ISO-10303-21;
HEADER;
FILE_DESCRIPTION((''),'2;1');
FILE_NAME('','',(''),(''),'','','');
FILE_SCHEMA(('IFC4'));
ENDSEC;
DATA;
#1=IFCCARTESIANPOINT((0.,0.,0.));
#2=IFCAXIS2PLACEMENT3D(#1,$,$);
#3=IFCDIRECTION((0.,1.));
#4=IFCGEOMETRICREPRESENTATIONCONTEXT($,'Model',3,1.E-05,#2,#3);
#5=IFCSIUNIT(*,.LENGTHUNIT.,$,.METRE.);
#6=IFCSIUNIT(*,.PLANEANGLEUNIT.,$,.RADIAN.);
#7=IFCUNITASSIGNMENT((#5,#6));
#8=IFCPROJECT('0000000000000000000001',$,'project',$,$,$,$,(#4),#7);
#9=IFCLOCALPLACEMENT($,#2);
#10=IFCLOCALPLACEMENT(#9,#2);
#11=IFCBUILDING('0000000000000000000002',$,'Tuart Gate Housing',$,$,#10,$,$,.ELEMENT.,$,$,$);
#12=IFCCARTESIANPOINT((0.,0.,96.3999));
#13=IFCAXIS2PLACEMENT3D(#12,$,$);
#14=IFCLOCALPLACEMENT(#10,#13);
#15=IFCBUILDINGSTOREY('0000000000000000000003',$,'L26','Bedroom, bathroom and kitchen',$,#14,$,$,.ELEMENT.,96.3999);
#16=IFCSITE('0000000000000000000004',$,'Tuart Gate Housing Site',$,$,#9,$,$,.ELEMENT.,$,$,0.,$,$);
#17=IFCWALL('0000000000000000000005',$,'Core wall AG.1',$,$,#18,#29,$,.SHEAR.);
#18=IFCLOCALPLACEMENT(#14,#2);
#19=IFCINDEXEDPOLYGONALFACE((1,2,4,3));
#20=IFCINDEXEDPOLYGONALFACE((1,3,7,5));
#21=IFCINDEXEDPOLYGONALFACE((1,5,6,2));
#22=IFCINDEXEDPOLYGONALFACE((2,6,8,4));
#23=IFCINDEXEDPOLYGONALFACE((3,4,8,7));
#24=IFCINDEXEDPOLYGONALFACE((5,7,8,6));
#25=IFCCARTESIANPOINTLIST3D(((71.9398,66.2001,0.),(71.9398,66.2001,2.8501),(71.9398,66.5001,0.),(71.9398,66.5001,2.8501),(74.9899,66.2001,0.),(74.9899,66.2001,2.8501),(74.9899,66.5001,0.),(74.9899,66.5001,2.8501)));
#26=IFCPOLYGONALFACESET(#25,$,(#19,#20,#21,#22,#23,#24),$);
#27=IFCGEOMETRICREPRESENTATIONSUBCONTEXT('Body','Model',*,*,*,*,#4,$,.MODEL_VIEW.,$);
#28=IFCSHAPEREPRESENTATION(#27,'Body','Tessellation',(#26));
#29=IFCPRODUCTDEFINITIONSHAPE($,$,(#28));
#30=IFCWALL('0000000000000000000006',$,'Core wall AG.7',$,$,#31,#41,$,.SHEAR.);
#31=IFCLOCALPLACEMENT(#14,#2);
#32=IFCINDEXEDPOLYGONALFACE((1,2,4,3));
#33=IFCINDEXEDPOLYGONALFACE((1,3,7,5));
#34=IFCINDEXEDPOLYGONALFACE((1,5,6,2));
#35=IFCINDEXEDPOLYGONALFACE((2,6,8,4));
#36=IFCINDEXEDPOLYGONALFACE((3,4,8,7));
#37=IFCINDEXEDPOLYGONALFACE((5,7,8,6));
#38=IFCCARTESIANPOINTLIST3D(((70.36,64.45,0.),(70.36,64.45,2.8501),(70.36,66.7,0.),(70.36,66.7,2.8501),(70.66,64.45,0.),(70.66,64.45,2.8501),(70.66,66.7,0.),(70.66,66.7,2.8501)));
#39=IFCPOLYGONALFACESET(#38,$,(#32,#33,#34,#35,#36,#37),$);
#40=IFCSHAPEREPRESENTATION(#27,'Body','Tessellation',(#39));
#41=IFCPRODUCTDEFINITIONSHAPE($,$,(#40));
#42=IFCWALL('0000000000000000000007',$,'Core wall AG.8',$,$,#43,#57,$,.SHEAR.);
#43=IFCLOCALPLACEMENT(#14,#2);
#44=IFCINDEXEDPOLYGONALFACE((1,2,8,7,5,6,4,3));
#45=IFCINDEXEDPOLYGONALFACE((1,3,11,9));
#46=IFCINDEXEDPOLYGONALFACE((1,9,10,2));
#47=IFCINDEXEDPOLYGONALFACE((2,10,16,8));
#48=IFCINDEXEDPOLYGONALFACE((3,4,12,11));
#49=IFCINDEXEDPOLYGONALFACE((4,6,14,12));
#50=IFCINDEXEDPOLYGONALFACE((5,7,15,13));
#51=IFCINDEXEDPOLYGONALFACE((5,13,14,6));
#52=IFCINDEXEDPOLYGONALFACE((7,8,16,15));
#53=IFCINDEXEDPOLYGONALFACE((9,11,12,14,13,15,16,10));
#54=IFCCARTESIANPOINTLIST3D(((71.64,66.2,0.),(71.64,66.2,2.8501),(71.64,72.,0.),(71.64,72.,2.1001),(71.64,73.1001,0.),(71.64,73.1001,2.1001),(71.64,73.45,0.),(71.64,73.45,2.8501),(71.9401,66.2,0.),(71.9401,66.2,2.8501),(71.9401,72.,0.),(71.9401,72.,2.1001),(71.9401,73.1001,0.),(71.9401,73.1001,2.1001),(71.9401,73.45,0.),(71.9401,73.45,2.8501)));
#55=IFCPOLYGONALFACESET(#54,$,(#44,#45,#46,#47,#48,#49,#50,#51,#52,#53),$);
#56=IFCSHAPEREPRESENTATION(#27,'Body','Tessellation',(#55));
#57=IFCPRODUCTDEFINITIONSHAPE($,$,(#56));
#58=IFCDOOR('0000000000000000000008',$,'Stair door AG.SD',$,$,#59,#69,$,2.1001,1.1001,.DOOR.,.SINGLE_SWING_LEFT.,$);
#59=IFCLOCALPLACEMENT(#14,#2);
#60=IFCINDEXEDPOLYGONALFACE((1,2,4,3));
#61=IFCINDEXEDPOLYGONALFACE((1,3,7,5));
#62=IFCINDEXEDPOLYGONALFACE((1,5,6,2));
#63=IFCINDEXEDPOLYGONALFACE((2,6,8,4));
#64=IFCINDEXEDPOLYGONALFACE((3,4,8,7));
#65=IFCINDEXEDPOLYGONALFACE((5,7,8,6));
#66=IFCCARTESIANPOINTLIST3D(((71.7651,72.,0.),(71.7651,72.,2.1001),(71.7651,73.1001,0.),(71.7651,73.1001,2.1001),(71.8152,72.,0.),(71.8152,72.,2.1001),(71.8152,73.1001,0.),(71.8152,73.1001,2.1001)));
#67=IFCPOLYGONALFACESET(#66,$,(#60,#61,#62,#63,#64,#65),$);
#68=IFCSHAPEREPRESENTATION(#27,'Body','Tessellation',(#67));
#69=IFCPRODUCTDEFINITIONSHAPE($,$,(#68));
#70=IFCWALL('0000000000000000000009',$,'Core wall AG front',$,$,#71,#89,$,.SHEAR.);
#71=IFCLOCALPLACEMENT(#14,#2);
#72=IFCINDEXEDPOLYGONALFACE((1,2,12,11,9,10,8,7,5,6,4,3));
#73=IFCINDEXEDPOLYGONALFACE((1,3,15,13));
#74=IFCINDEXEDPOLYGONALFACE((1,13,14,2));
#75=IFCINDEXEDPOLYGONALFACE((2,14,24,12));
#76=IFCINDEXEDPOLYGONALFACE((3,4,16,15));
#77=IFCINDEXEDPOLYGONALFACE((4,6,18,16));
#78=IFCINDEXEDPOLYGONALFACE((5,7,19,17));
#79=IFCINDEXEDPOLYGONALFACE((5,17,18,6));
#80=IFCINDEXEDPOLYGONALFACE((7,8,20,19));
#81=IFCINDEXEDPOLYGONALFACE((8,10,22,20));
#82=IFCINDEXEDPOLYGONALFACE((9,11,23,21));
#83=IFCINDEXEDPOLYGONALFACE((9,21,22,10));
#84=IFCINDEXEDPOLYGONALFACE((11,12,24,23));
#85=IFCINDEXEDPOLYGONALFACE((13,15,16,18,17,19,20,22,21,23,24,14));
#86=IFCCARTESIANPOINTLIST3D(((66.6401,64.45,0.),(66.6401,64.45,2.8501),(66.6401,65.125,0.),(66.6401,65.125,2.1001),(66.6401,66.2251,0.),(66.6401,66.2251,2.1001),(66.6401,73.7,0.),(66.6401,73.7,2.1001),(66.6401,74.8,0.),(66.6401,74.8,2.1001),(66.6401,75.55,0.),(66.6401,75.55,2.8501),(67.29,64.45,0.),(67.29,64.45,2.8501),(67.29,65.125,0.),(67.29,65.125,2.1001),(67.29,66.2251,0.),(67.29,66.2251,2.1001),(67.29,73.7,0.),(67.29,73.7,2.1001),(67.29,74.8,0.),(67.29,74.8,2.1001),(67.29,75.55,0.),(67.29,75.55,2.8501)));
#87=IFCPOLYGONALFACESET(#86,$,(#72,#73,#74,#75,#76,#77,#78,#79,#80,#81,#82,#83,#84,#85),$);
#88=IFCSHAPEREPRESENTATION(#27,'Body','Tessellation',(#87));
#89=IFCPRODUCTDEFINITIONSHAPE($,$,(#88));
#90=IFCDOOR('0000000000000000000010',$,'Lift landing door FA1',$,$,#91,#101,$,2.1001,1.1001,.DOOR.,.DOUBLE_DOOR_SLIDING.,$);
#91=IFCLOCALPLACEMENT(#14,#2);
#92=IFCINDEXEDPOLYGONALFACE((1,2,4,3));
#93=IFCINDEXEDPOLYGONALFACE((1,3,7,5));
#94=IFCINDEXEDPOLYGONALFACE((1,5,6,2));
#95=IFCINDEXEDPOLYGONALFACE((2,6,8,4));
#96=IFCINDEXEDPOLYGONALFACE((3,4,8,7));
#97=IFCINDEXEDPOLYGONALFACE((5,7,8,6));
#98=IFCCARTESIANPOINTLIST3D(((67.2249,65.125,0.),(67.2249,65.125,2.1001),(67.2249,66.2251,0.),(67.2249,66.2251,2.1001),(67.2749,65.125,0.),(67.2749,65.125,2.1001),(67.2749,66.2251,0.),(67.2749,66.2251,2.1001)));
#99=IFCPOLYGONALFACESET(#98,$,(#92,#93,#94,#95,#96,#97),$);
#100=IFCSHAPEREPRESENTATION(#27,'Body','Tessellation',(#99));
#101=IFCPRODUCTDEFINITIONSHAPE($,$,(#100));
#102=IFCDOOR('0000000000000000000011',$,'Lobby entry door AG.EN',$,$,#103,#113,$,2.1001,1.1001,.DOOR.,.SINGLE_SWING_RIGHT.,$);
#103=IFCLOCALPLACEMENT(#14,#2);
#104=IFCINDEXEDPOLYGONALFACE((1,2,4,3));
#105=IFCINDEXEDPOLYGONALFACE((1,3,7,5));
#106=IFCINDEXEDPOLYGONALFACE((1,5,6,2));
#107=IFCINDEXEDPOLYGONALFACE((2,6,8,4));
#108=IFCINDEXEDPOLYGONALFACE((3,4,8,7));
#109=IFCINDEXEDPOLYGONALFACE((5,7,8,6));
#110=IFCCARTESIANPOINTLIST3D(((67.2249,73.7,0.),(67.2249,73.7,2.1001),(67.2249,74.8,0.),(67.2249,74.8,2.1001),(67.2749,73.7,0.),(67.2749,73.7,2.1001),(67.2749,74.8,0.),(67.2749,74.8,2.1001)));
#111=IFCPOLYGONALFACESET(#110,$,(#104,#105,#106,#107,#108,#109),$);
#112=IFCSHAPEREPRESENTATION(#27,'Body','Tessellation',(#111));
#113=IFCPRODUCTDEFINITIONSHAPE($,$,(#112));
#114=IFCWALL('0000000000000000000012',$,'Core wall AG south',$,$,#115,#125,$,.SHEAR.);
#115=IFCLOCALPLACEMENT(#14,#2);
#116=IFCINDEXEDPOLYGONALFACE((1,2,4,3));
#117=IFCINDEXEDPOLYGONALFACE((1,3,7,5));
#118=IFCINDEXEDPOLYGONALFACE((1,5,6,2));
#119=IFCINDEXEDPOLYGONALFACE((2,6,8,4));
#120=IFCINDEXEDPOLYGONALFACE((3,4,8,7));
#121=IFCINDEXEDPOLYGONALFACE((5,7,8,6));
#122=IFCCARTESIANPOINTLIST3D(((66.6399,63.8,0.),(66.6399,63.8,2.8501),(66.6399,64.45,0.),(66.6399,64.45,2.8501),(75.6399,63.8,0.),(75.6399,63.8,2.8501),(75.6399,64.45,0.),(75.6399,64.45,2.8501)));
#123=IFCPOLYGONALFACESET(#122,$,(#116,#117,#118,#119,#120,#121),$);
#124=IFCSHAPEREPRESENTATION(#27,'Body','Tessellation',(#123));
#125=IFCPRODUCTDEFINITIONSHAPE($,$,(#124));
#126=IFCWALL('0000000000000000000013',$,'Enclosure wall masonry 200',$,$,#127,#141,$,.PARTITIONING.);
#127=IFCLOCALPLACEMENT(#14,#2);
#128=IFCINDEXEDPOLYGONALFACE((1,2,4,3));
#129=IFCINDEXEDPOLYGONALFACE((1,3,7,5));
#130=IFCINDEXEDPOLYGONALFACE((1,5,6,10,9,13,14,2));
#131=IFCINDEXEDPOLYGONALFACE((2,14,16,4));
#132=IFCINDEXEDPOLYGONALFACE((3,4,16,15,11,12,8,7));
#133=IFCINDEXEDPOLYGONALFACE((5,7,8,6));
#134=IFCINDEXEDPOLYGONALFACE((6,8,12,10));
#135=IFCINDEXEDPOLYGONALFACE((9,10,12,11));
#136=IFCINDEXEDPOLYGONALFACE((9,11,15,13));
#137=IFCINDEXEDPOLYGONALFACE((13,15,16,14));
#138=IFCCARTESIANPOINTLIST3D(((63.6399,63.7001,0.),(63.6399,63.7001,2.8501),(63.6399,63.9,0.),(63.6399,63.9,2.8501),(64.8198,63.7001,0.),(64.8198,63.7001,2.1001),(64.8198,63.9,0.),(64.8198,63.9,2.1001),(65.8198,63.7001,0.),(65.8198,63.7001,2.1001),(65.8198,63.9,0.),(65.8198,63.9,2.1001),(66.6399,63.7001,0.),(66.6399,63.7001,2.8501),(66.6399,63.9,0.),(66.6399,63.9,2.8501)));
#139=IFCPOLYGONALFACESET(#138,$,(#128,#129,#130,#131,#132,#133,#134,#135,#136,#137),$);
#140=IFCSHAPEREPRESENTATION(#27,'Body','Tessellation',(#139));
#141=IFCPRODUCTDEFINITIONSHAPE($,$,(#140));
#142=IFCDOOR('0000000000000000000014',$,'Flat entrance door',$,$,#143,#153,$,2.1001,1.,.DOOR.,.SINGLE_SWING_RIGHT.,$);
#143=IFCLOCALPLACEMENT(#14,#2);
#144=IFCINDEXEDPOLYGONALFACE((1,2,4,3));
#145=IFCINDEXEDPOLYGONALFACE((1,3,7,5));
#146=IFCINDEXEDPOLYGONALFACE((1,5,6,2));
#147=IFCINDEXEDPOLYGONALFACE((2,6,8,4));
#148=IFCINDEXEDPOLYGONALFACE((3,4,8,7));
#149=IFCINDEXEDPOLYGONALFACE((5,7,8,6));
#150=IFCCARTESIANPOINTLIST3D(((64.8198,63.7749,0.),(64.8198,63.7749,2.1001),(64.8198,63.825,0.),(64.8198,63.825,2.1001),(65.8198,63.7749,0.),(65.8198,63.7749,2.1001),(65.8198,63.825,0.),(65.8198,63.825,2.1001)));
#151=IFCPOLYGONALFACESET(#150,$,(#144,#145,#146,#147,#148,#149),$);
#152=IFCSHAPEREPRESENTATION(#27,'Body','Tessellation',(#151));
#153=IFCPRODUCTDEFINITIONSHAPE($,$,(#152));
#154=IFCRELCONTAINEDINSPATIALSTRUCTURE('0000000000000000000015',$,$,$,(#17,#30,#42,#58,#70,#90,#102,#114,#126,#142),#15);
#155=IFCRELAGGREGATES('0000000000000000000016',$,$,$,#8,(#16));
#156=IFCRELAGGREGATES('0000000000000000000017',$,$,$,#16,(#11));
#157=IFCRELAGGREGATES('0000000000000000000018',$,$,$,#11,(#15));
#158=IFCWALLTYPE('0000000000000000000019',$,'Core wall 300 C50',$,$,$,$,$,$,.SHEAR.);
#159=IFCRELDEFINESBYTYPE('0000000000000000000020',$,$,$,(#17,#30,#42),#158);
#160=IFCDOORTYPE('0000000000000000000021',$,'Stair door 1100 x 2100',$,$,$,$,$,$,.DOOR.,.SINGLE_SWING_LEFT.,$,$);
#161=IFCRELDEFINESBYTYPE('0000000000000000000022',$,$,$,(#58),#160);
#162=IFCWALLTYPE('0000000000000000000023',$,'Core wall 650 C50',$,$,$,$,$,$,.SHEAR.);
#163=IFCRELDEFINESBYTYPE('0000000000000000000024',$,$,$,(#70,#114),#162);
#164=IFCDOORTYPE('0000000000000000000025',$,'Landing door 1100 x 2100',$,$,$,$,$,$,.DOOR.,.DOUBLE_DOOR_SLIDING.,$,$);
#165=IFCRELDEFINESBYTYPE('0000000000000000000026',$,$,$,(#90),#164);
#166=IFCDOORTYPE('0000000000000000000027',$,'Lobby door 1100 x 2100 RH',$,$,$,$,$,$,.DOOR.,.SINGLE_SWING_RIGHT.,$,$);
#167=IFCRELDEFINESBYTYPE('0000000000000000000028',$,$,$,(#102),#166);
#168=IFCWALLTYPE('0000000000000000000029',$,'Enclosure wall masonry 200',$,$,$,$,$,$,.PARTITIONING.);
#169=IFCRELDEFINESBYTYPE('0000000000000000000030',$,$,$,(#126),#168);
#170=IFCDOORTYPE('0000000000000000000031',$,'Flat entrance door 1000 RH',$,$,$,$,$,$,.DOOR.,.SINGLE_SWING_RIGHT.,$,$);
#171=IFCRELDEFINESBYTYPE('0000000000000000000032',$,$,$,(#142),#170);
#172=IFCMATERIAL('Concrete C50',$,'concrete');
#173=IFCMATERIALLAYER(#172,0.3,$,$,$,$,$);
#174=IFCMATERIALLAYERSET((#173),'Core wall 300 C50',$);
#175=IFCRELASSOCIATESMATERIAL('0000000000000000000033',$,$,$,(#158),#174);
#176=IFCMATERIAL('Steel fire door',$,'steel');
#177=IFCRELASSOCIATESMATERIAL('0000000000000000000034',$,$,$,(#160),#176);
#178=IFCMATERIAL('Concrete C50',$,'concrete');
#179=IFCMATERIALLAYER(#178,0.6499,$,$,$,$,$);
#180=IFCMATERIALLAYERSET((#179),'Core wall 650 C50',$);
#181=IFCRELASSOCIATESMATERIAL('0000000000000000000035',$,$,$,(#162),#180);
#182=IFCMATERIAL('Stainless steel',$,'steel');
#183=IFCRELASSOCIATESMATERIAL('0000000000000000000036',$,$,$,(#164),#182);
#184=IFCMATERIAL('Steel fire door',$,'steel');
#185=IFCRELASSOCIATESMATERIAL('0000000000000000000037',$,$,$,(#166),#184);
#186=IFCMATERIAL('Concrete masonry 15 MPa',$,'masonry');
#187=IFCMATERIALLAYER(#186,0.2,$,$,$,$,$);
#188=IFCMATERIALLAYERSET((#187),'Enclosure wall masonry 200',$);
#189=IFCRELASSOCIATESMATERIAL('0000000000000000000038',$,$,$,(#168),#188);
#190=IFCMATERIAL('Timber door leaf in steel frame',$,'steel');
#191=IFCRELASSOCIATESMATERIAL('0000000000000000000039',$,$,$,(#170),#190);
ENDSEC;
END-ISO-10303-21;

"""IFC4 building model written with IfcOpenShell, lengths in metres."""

from ifc_helpers import new_model, si_unit, direction, frame, frame_2d, origin, place, context, subcontext, project, spatial, rectangle, extrude, material, layer, layer_set, type_object, element, fill, save


model = new_model("IFC4")

# Units and contexts
model_context = context("Model", 3, precision=1e-05, world=origin(), true_north=direction((0.0, 1.0)))
body_context = subcontext(model_context, "Body", "Model", "MODEL_VIEW")
ifc_project = project(units=[si_unit("LENGTHUNIT", "METRE"), si_unit("PLANEANGLEUNIT", "RADIAN")], contexts=[model_context])

# Site, building, storey
site_placement = place(None, origin())
site = spatial("IfcSite", under=ifc_project, at=site_placement, Name="Tuart Gate Housing Site", CompositionType="ELEMENT", RefElevation=0.0)
building_placement = place(site_placement, origin())
building = spatial("IfcBuilding", under=site, at=building_placement, Name="Tuart Gate Housing", CompositionType="ELEMENT")
storey_placement = place(building_placement, frame((0.0, 0.0, 96.3999)))
storey = spatial("IfcBuildingStorey", under=building, at=storey_placement, Name="L26", Description="Bedroom, bathroom and kitchen", CompositionType="ELEMENT", Elevation=96.3999)

# Walls
ifc_material_1 = material(Name="Concrete C50", Category="concrete")
ifc_layer_1 = layer(ifc_material_1, 0.3)
ifc_layer_set_1 = layer_set([ifc_layer_1], Name="Core wall 300 C50")
wall_type_1 = type_object("IfcWallType", Name="Core wall 300 C50", PredefinedType="SHEAR", material=ifc_layer_set_1)
wall_1_placement = place(storey_placement, frame((71.9399, 66.3501, 0.0), z_axis=(0.0, 0.0, 1.0), x_axis=(1.0, 0.0, 0.0)))
element("IfcWall", 1, at=wall_1_placement, inside=storey, type_object=wall_type_1, Name="Core wall AG.1", PredefinedType="SHEAR", context=body_context, shape_type="SweptSolid", body=[
    extrude(rectangle(XDim=3.05, YDim=0.3, at=frame_2d((1.5249, 0.0))), origin(), (0.0, 0.0, 1.0), 2.8501),
])
wall_2_placement = place(storey_placement, frame((70.51, 64.45, 0.0), z_axis=(0.0, 0.0, 1.0), x_axis=(0.0, 1.0, 0.0)))
element("IfcWall", 2, at=wall_2_placement, inside=storey, type_object=wall_type_1, Name="Core wall AG.7", PredefinedType="SHEAR", context=body_context, shape_type="SweptSolid", body=[
    extrude(rectangle(XDim=2.25, YDim=0.3, at=frame_2d((1.125, 0.0))), origin(), (0.0, 0.0, 1.0), 2.8501),
])

# Wall, opening, door
wall_3_placement = place(storey_placement, frame((71.79, 66.2, 0.0), z_axis=(0.0, 0.0, 1.0), x_axis=(0.0, 1.0, 0.0)))
wall_3 = element("IfcWall", 3, at=wall_3_placement, inside=storey, type_object=wall_type_1, Name="Core wall AG.8", PredefinedType="SHEAR", context=body_context, shape_type="SweptSolid", body=[
    extrude(rectangle(XDim=7.25, YDim=0.3, at=frame_2d((3.625, 0.0))), origin(), (0.0, 0.0, 1.0), 2.8501),
])
opening_1_placement = place(wall_3_placement, frame((5.8, 0.0, 0.0)))
opening_1 = element("IfcOpeningElement", 4, at=opening_1_placement, cuts=wall_3, PredefinedType="OPENING", context=body_context, shape_type="SweptSolid", body=[
    extrude(rectangle(XDim=1.1001, YDim=2.1001, at=frame_2d((0.55, 1.05))), frame((0.0, 0.1599, 0.0), z_axis=(0.0, -1.0, 0.0), x_axis=(1.0, 0.0, 0.0)), (0.0, 0.0, 1.0), 0.3201),
])
ifc_material_2 = material(Name="Steel fire door", Category="steel")
door_type_1 = type_object("IfcDoorType", Name="Stair door 1100 x 2100", OperationType="SINGLE_SWING_LEFT", PredefinedType="DOOR", material=ifc_material_2)
door_1_placement = place(opening_1_placement, frame((1.1001, 0.0, 0.0), z_axis=(0.0, 0.0, 1.0), x_axis=(-1.0, 0.0, 0.0)))
door_1 = element("IfcDoor", 5, at=door_1_placement, inside=storey, type_object=door_type_1, Name="Stair door AG.SD", OperationType="SINGLE_SWING_LEFT", OverallHeight=2.1001, OverallWidth=1.1001, PredefinedType="DOOR", context=body_context, shape_type="SweptSolid", body=[
    extrude(rectangle(XDim=1.1001, YDim=2.1001, at=frame_2d((0.55, 1.05))), frame((0.0, 0.0251, 0.0), z_axis=(0.0, -1.0, 0.0), x_axis=(1.0, 0.0, 0.0)), (0.0, 0.0, 1.0), 0.05),
])
fill(opening_1, door_1)

# Wall, openings, doors
ifc_material_3 = material(Name="Concrete C50", Category="concrete")
ifc_layer_2 = layer(ifc_material_3, 0.6499)
ifc_layer_set_2 = layer_set([ifc_layer_2], Name="Core wall 650 C50")
wall_type_2 = type_object("IfcWallType", Name="Core wall 650 C50", PredefinedType="SHEAR", material=ifc_layer_set_2)
wall_4_placement = place(storey_placement, frame((66.9651, 64.45, 0.0), z_axis=(0.0, 0.0, 1.0), x_axis=(0.0, 1.0, 0.0)))
wall_4 = element("IfcWall", 6, at=wall_4_placement, inside=storey, type_object=wall_type_2, Name="Core wall AG front", PredefinedType="SHEAR", context=body_context, shape_type="SweptSolid", body=[
    extrude(rectangle(XDim=11.1001, YDim=0.6499, at=frame_2d((5.55, 0.0))), origin(), (0.0, 0.0, 1.0), 2.8501),
])
opening_2_placement = place(wall_4_placement, frame((0.675, 0.0, 0.0)))
opening_2 = element("IfcOpeningElement", 7, at=opening_2_placement, cuts=wall_4, PredefinedType="OPENING", context=body_context, shape_type="SweptSolid", body=[
    extrude(rectangle(XDim=1.1001, YDim=2.1001, at=frame_2d((0.55, 1.05))), frame((0.0, 0.335, 0.0), z_axis=(0.0, -1.0, 0.0), x_axis=(1.0, 0.0, 0.0)), (0.0, 0.0, 1.0), 0.6699),
])
opening_3_placement = place(wall_4_placement, frame((9.25, 0.0, 0.0)))
opening_3 = element("IfcOpeningElement", 8, at=opening_3_placement, cuts=wall_4, PredefinedType="OPENING", context=body_context, shape_type="SweptSolid", body=[
    extrude(rectangle(XDim=1.1001, YDim=2.1001, at=frame_2d((0.55, 1.05))), frame((0.0, 0.335, 0.0), z_axis=(0.0, -1.0, 0.0), x_axis=(1.0, 0.0, 0.0)), (0.0, 0.0, 1.0), 0.6699),
])
ifc_material_4 = material(Name="Stainless steel", Category="steel")
door_type_2 = type_object("IfcDoorType", Name="Landing door 1100 x 2100", OperationType="DOUBLE_DOOR_SLIDING", PredefinedType="DOOR", material=ifc_material_4)
door_2_placement = place(opening_2_placement, origin())
door_2 = element("IfcDoor", 9, at=door_2_placement, inside=storey, type_object=door_type_2, Name="Lift landing door FA1", OperationType="DOUBLE_DOOR_SLIDING", OverallHeight=2.1001, OverallWidth=1.1001, PredefinedType="DOOR", context=body_context, shape_type="SweptSolid", body=[
    extrude(rectangle(XDim=1.1001, YDim=2.1001, at=frame_2d((0.55, 1.05))), frame((0.0, -0.2598, 0.0), z_axis=(0.0, -1.0, 0.0), x_axis=(1.0, 0.0, 0.0)), (0.0, 0.0, 1.0), 0.05),
])
fill(opening_2, door_2)
ifc_material_5 = material(Name="Steel fire door", Category="steel")
door_type_3 = type_object("IfcDoorType", Name="Lobby door 1100 x 2100 RH", OperationType="SINGLE_SWING_RIGHT", PredefinedType="DOOR", material=ifc_material_5)
door_3_placement = place(opening_3_placement, frame((1.1001, 0.0, 0.0), z_axis=(0.0, 0.0, 1.0), x_axis=(-1.0, 0.0, 0.0)))
door_3 = element("IfcDoor", 10, at=door_3_placement, inside=storey, type_object=door_type_3, Name="Lobby entry door AG.EN", OperationType="SINGLE_SWING_RIGHT", OverallHeight=2.1001, OverallWidth=1.1001, PredefinedType="DOOR", context=body_context, shape_type="SweptSolid", body=[
    extrude(rectangle(XDim=1.1001, YDim=2.1001, at=frame_2d((0.55, 1.05))), frame((0.0, 0.3098, 0.0), z_axis=(0.0, -1.0, 0.0), x_axis=(1.0, 0.0, 0.0)), (0.0, 0.0, 1.0), 0.05),
])
fill(opening_3, door_3)

# Wall
wall_5_placement = place(storey_placement, frame((66.6399, 64.125, 0.0), z_axis=(0.0, 0.0, 1.0), x_axis=(1.0, 0.0, 0.0)))
element("IfcWall", 11, at=wall_5_placement, inside=storey, type_object=wall_type_2, Name="Core wall AG south", PredefinedType="SHEAR", context=body_context, shape_type="SweptSolid", body=[
    extrude(rectangle(XDim=9.0, YDim=0.6499, at=frame_2d((4.5, 0.0))), origin(), (0.0, 0.0, 1.0), 2.8501),
])

# Wall, opening, door
ifc_material_6 = material(Name="Concrete masonry 15 MPa", Category="masonry")
ifc_layer_3 = layer(ifc_material_6, 0.2)
ifc_layer_set_3 = layer_set([ifc_layer_3], Name="Enclosure wall masonry 200")
wall_type_3 = type_object("IfcWallType", Name="Enclosure wall masonry 200", PredefinedType="PARTITIONING", material=ifc_layer_set_3)
wall_6_placement = place(storey_placement, frame((63.6399, 63.8, 0.0), z_axis=(0.0, 0.0, 1.0), x_axis=(1.0, 0.0, 0.0)))
wall_6 = element("IfcWall", 12, at=wall_6_placement, inside=storey, type_object=wall_type_3, Name="Enclosure wall masonry 200", PredefinedType="PARTITIONING", context=body_context, shape_type="SweptSolid", body=[
    extrude(rectangle(XDim=3.0, YDim=0.2, at=frame_2d((1.5, 0.0))), origin(), (0.0, 0.0, 1.0), 2.8501),
])
opening_4_placement = place(wall_6_placement, frame((1.1799, 0.0, 0.0)))
opening_4 = element("IfcOpeningElement", 13, at=opening_4_placement, cuts=wall_6, PredefinedType="OPENING", context=body_context, shape_type="SweptSolid", body=[
    extrude(rectangle(XDim=1.0, YDim=2.1001, at=frame_2d((0.5, 1.05))), frame((0.0, 0.1099, 0.0), z_axis=(0.0, -1.0, 0.0), x_axis=(1.0, 0.0, 0.0)), (0.0, 0.0, 1.0), 0.22),
])
ifc_material_7 = material(Name="Timber door leaf in steel frame", Category="steel")
door_type_4 = type_object("IfcDoorType", Name="Flat entrance door 1000 RH", OperationType="SINGLE_SWING_RIGHT", PredefinedType="DOOR", material=ifc_material_7)
door_4_placement = place(opening_4_placement, frame((1.0, 0.0, 0.0), z_axis=(0.0, 0.0, 1.0), x_axis=(-1.0, 0.0, 0.0)))
door_4 = element("IfcDoor", 14, at=door_4_placement, inside=storey, type_object=door_type_4, Name="Flat entrance door", OperationType="SINGLE_SWING_RIGHT", OverallHeight=2.1001, OverallWidth=1.0, PredefinedType="DOOR", context=body_context, shape_type="SweptSolid", body=[
    extrude(rectangle(XDim=1.0, YDim=2.1001, at=frame_2d((0.5, 1.05))), frame((0.0, 0.0251, 0.0), z_axis=(0.0, -1.0, 0.0), x_axis=(1.0, 0.0, 0.0)), (0.0, 0.0, 1.0), 0.05),
])
fill(opening_4, door_4)

save(model, "model.ifc")
